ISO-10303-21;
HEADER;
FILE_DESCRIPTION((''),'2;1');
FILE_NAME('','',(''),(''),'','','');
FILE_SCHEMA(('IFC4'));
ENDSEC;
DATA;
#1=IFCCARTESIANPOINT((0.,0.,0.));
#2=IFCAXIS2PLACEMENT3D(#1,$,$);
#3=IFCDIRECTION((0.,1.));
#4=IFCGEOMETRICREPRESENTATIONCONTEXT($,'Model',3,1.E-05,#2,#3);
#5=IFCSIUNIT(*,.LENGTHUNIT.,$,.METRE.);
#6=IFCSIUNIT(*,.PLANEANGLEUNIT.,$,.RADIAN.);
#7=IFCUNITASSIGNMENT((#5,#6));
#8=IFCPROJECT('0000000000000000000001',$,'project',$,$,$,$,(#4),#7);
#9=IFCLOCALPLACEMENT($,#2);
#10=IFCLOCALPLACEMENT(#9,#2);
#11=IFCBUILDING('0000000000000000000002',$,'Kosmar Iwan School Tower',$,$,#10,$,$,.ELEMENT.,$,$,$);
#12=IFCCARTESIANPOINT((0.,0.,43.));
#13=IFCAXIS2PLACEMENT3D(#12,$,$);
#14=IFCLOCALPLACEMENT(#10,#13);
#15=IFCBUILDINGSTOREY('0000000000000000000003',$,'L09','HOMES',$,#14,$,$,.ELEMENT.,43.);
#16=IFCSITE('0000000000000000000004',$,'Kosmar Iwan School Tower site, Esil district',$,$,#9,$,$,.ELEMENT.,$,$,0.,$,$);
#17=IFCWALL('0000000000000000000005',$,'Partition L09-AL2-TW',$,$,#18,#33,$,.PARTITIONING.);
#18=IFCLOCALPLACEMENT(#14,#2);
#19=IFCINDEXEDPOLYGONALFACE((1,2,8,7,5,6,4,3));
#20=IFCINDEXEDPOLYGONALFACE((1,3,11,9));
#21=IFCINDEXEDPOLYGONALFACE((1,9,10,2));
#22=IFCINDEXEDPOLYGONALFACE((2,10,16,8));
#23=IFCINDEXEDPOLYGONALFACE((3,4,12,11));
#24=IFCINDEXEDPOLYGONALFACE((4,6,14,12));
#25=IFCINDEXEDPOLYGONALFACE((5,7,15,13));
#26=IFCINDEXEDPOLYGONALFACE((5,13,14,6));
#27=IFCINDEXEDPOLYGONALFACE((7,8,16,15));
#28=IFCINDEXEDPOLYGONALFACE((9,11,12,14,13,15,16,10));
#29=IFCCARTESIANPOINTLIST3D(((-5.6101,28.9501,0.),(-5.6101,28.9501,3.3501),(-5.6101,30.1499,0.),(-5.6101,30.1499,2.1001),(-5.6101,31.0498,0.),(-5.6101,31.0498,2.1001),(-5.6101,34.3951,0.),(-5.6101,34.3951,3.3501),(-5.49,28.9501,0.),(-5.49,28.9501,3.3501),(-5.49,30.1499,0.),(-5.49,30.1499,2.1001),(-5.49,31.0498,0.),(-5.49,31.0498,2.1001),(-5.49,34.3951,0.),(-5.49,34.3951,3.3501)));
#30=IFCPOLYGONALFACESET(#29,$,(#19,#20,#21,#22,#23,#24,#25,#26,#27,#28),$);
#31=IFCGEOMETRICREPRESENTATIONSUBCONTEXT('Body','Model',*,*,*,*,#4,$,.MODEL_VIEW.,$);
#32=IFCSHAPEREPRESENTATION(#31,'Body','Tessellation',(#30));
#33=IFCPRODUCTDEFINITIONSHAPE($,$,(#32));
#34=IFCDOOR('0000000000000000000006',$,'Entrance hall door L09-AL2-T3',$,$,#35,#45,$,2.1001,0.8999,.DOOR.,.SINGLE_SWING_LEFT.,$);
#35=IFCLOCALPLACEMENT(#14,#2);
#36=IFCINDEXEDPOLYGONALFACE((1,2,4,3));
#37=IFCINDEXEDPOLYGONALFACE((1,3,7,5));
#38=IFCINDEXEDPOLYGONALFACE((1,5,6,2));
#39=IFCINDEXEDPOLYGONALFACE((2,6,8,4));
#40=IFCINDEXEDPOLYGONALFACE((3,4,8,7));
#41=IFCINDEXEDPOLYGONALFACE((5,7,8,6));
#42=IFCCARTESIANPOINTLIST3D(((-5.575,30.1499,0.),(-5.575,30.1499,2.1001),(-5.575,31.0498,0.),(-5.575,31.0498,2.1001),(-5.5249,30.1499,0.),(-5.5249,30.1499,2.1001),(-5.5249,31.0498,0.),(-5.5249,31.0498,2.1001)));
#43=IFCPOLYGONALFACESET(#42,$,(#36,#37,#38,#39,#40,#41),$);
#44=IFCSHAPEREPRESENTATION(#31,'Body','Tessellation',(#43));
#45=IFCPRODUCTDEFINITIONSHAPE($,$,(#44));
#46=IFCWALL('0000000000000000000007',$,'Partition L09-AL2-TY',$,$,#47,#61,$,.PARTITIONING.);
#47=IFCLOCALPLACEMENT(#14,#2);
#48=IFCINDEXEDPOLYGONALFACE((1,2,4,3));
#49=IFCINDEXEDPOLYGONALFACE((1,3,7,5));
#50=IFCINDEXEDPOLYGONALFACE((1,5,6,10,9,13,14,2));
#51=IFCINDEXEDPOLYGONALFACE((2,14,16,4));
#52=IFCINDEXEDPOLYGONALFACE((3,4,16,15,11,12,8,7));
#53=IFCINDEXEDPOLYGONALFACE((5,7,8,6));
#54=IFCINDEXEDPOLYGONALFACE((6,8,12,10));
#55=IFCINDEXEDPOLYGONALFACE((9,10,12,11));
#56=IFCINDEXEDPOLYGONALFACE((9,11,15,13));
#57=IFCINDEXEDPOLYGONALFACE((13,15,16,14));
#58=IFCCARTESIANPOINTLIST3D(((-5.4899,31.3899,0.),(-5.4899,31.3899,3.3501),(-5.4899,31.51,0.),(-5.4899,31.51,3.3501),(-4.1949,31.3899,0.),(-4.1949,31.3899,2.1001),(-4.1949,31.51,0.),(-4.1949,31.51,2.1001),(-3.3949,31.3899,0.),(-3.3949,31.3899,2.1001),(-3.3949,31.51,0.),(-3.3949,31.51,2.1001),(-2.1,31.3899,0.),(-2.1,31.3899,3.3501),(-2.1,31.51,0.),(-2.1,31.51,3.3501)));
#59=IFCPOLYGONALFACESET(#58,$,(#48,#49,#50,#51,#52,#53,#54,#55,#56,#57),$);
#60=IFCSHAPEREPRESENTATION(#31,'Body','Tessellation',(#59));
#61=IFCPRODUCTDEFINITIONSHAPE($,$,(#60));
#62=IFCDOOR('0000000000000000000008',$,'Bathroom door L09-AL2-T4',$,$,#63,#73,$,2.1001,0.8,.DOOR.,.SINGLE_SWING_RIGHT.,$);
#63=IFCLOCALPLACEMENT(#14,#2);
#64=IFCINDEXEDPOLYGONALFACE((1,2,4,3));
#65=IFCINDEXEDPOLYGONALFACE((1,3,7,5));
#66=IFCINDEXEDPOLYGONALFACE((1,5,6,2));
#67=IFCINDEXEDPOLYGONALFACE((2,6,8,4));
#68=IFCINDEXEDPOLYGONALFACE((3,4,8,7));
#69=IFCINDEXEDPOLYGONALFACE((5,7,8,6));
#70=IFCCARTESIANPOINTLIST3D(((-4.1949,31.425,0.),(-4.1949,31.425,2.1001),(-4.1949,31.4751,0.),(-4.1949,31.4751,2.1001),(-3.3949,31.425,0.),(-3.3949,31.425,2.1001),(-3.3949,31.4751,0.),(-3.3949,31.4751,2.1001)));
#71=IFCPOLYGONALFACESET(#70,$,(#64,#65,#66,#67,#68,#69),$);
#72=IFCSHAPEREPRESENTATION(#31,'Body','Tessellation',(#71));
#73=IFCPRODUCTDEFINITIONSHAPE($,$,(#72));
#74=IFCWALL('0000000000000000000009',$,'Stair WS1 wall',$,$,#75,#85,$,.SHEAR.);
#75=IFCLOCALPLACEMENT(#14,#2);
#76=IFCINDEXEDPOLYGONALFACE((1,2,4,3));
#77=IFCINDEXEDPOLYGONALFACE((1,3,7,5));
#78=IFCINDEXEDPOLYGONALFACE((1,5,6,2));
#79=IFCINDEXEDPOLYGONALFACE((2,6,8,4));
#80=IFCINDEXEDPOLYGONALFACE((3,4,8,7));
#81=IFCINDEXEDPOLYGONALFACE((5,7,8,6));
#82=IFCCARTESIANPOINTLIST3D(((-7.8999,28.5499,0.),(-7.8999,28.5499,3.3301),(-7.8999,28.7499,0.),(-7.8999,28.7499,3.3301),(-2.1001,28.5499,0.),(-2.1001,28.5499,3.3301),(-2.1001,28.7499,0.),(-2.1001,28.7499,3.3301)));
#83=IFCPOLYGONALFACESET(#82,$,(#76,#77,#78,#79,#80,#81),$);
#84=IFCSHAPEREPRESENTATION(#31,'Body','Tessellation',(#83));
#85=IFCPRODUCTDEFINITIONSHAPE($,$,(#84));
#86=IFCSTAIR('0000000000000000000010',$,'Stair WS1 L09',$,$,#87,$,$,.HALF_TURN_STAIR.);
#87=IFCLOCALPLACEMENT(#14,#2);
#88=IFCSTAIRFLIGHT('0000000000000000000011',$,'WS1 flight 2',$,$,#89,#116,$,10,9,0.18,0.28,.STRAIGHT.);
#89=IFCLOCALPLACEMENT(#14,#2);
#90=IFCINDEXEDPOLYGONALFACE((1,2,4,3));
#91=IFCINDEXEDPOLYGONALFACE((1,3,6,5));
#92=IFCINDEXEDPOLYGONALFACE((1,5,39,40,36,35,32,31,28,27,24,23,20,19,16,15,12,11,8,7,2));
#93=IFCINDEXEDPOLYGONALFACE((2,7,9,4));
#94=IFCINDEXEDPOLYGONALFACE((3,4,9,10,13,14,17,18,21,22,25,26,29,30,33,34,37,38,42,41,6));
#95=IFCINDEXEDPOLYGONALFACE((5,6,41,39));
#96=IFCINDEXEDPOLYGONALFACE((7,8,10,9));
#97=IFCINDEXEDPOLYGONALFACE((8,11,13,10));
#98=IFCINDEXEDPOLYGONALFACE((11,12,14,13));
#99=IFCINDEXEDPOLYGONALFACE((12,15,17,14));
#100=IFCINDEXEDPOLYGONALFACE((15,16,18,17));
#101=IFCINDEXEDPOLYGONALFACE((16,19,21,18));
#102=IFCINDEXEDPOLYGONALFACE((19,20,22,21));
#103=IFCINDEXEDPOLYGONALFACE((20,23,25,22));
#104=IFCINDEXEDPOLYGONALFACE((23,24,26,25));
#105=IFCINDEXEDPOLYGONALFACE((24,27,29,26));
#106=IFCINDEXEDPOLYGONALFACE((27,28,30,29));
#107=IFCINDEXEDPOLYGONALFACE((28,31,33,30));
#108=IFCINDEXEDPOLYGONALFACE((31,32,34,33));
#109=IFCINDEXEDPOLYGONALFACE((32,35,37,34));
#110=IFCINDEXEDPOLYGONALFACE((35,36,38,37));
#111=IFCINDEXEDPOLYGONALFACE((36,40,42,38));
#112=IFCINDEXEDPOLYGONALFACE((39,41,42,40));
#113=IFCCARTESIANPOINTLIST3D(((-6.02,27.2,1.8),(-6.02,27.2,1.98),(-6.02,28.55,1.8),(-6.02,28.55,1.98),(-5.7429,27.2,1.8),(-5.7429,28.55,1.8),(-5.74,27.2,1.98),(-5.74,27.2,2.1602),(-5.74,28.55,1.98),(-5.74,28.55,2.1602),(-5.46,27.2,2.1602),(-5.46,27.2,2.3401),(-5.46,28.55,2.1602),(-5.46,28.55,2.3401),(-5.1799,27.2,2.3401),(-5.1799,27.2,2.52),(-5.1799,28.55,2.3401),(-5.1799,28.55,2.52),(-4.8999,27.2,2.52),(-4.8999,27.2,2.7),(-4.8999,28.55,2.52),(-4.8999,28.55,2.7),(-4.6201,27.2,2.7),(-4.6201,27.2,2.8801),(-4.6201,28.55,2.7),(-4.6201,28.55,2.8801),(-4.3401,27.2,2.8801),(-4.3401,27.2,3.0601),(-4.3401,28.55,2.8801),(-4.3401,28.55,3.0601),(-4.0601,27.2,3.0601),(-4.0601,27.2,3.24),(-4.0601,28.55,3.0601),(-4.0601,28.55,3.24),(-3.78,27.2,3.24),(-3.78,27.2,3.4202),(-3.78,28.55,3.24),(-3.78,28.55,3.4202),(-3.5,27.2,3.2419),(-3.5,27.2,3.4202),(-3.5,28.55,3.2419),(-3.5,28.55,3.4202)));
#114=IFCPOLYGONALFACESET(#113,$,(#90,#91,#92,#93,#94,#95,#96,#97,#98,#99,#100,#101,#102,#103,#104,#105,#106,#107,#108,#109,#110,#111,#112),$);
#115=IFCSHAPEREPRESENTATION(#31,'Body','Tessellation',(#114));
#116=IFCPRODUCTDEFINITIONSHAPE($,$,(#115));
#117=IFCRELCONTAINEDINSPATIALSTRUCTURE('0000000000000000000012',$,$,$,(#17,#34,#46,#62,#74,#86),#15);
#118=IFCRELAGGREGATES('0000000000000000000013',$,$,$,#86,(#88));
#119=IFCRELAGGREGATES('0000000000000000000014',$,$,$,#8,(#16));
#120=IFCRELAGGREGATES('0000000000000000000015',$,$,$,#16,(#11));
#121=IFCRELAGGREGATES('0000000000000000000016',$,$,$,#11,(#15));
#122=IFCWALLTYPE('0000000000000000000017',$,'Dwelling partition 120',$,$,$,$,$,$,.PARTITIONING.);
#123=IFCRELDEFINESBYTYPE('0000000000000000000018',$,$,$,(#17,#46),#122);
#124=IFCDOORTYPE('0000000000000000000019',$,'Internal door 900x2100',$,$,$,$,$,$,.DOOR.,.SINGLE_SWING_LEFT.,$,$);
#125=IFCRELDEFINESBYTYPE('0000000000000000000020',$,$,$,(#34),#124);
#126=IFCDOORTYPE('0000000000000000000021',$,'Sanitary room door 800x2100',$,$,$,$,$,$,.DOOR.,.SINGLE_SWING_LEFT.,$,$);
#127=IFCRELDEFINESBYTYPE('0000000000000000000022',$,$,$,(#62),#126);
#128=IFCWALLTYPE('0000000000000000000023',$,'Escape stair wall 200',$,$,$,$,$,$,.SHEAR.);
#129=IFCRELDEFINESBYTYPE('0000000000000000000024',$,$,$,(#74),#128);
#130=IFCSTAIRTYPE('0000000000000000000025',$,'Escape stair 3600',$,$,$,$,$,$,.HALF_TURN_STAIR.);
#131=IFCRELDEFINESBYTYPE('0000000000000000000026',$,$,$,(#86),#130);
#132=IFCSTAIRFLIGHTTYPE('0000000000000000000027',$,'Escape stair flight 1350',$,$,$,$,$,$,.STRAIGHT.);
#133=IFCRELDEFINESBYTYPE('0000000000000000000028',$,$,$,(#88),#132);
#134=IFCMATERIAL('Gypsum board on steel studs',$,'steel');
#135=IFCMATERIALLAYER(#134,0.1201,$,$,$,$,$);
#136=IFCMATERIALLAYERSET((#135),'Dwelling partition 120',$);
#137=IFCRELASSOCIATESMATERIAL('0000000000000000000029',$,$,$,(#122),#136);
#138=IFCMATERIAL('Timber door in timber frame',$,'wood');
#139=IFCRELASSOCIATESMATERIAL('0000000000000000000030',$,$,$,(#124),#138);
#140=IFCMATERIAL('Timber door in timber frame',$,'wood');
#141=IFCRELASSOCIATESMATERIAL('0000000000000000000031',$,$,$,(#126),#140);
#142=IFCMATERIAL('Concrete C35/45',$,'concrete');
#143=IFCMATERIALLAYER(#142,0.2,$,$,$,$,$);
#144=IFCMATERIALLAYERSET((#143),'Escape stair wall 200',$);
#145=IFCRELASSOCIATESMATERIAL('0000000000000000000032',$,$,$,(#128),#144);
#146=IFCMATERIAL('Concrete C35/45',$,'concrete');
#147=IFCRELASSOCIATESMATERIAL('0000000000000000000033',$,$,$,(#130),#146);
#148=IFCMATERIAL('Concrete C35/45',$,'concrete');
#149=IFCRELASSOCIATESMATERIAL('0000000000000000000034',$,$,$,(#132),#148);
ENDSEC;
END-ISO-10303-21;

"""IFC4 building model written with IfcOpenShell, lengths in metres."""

from ifc_helpers import new_model, si_unit, direction, frame, frame_2d, origin, place, context, subcontext, project, spatial, polyline, rectangle, outline, extrude, material, layer, layer_set, type_object, element, fill, aggregate, save


model = new_model("IFC4")

# Units and contexts
model_context = context("Model", 3, precision=1e-05, world=origin(), true_north=direction((0.0, 1.0)))
body_context = subcontext(model_context, "Body", "Model", "MODEL_VIEW")
ifc_project = project(units=[si_unit("LENGTHUNIT", "METRE"), si_unit("PLANEANGLEUNIT", "RADIAN")], contexts=[model_context])

# Site, building, storey
site_placement = place(None, origin())
site = spatial("IfcSite", under=ifc_project, at=site_placement, Name="Kosmar Iwan School Tower site, Esil district", CompositionType="ELEMENT", RefElevation=0.0)
building_placement = place(site_placement, origin())
building = spatial("IfcBuilding", under=site, at=building_placement, Name="Kosmar Iwan School Tower", CompositionType="ELEMENT")
storey_placement = place(building_placement, frame((0.0, 0.0, 43.0)))
storey = spatial("IfcBuildingStorey", under=building, at=storey_placement, Name="L09", Description="HOMES", CompositionType="ELEMENT", Elevation=43.0)

# Walls, openings, doors
ifc_material_1 = material(Name="Gypsum board on steel studs", Category="steel")
ifc_layer_1 = layer(ifc_material_1, 0.1201)
ifc_layer_set_1 = layer_set([ifc_layer_1], Name="Dwelling partition 120")
wall_type_1 = type_object("IfcWallType", Name="Dwelling partition 120", PredefinedType="PARTITIONING", material=ifc_layer_set_1)
ifc_material_2 = material(Name="Timber door in timber frame", Category="wood")
door_type_1 = type_object("IfcDoorType", Name="Internal door 900x2100", OperationType="SINGLE_SWING_LEFT", PredefinedType="DOOR", material=ifc_material_2)
wall_1_placement = place(storey_placement, frame((-5.55, 28.95, 0.0), z_axis=(0.0, 0.0, 1.0), x_axis=(0.0, 1.0, 0.0)))
wall_1 = element("IfcWall", 1, at=wall_1_placement, inside=storey, type_object=wall_type_1, Name="Partition L09-AL2-TW", PredefinedType="PARTITIONING", context=body_context, shape_type="SweptSolid", body=[
    extrude(rectangle(XDim=5.4451, YDim=0.1201, at=frame_2d((2.7227, 0.0))), origin(), (0.0, 0.0, 1.0), 3.3501),
])
opening_1_placement = place(wall_1_placement, frame((1.2, 0.0, 0.0)))
opening_1 = element("IfcOpeningElement", 2, at=opening_1_placement, cuts=wall_1, PredefinedType="OPENING", context=body_context, shape_type="SweptSolid", body=[
    extrude(rectangle(XDim=0.8999, YDim=2.1001, at=frame_2d((0.45, 1.05))), frame((0.0, 0.072, 0.0), z_axis=(0.0, -1.0, 0.0), x_axis=(1.0, 0.0, 0.0)), (0.0, 0.0, 1.0), 0.144),
])
door_1_placement = place(opening_1_placement, origin())
door_1 = element("IfcDoor", 3, at=door_1_placement, inside=storey, type_object=door_type_1, Name="Entrance hall door L09-AL2-T3", OperationType="SINGLE_SWING_LEFT", OverallHeight=2.1001, OverallWidth=0.8999, PredefinedType="DOOR", context=body_context, shape_type="SweptSolid", body=[
    extrude(rectangle(XDim=0.8999, YDim=2.1001, at=frame_2d((0.45, 1.05))), frame((0.0, 0.0249, 0.0), z_axis=(0.0, -1.0, 0.0), x_axis=(1.0, 0.0, 0.0)), (0.0, 0.0, 1.0), 0.05),
])
fill(opening_1, door_1)
wall_2_placement = place(storey_placement, frame((-2.1001, 31.45, 0.0), z_axis=(0.0, 0.0, 1.0), x_axis=(-1.0, 0.0, 0.0)))
wall_2 = element("IfcWall", 4, at=wall_2_placement, inside=storey, type_object=wall_type_1, Name="Partition L09-AL2-TY", PredefinedType="PARTITIONING", context=body_context, shape_type="SweptSolid", body=[
    extrude(rectangle(XDim=3.3899, YDim=0.1201, at=frame_2d((1.6948, 0.0))), origin(), (0.0, 0.0, 1.0), 3.3501),
])
opening_2_placement = place(wall_2_placement, frame((1.2949, 0.0, 0.0)))
opening_2 = element("IfcOpeningElement", 5, at=opening_2_placement, cuts=wall_2, PredefinedType="OPENING", context=body_context, shape_type="SweptSolid", body=[
    extrude(rectangle(XDim=0.8, YDim=2.1001, at=frame_2d((0.3999, 1.05))), frame((0.0, 0.072, 0.0), z_axis=(0.0, -1.0, 0.0), x_axis=(1.0, 0.0, 0.0)), (0.0, 0.0, 1.0), 0.144),
])
ifc_material_3 = material(Name="Timber door in timber frame", Category="wood")
door_type_2 = type_object("IfcDoorType", Name="Sanitary room door 800x2100", OperationType="SINGLE_SWING_LEFT", PredefinedType="DOOR", material=ifc_material_3)
door_2_placement = place(opening_2_placement, origin())
door_2 = element("IfcDoor", 6, at=door_2_placement, inside=storey, type_object=door_type_2, Name="Bathroom door L09-AL2-T4", OperationType="SINGLE_SWING_RIGHT", OverallHeight=2.1001, OverallWidth=0.8, PredefinedType="DOOR", context=body_context, shape_type="SweptSolid", body=[
    extrude(rectangle(XDim=0.8, YDim=2.1001, at=frame_2d((0.3999, 1.05))), frame((0.0, 0.0249, 0.0), z_axis=(0.0, -1.0, 0.0), x_axis=(1.0, 0.0, 0.0)), (0.0, 0.0, 1.0), 0.05),
])
fill(opening_2, door_2)

# Wall
ifc_material_4 = material(Name="Concrete C35/45", Category="concrete")
ifc_layer_2 = layer(ifc_material_4, 0.2)
ifc_layer_set_2 = layer_set([ifc_layer_2], Name="Escape stair wall 200")
wall_type_2 = type_object("IfcWallType", Name="Escape stair wall 200", PredefinedType="SHEAR", material=ifc_layer_set_2)
wall_3_placement = place(storey_placement, frame((-2.1001, 28.6499, 0.0), z_axis=(0.0, 0.0, 1.0), x_axis=(-1.0, 0.0, 0.0)))
element("IfcWall", 7, at=wall_3_placement, inside=storey, type_object=wall_type_2, Name="Stair WS1 wall", PredefinedType="SHEAR", context=body_context, shape_type="SweptSolid", body=[
    extrude(rectangle(XDim=5.7998, YDim=0.2, at=frame_2d((2.8999, 0.0))), origin(), (0.0, 0.0, 1.0), 3.3301),
])

# Stair, stair flight
ifc_material_5 = material(Name="Concrete C35/45", Category="concrete")
stair_type = type_object("IfcStairType", Name="Escape stair 3600", PredefinedType="HALF_TURN_STAIR", material=ifc_material_5)
stair_placement = place(storey_placement, origin())
stair = element("IfcStair", 8, at=stair_placement, inside=storey, type_object=stair_type, Name="Stair WS1 L09", PredefinedType="HALF_TURN_STAIR")
ifc_material_6 = material(Name="Concrete C35/45", Category="concrete")
stair_flight_type = type_object("IfcStairFlightType", Name="Escape stair flight 1350", PredefinedType="STRAIGHT", material=ifc_material_6)
stair_flight_placement = place(storey_placement, frame((-6.02, 27.875, 1.8), z_axis=(0.0, 0.0, 1.0), x_axis=(1.0, 0.0, 0.0)))
stair_flight = element("IfcStairFlight", 9, at=stair_flight_placement, type_object=stair_flight_type, Name="WS1 flight 2", NumberOfRisers=10, NumberOfTreads=9, PredefinedType="STRAIGHT", RiserHeight=0.18, TreadLength=0.28, context=body_context, shape_type="SweptSolid", body=[
    extrude(outline(polyline([(0.0, 0.0), (0.0, 0.1799), (0.28, 0.1799), (0.28, 0.3601), (0.5601, 0.3601), (0.5601, 0.54), (0.8401, 0.54), (0.8401, 0.72), (1.1201, 0.72), (1.1201, 0.8999), (1.3999, 0.8999), (1.3999, 1.0801), (1.6799, 1.0801), (1.6799, 1.26), (1.96, 1.26), (1.96, 1.4399), (2.24, 1.4399), (2.24, 1.6201), (2.52, 1.6201), (2.52, 1.8), (2.52, 1.4419), (0.2771, 0.0), (0.0, 0.0)])), frame((0.0, 0.675, 0.0), z_axis=(0.0, -1.0, 0.0), x_axis=(1.0, 0.0, 0.0)), (0.0, 0.0, 1.0), 1.3501),
])
aggregate(stair, [stair_flight])

save(model, "model.ifc")
